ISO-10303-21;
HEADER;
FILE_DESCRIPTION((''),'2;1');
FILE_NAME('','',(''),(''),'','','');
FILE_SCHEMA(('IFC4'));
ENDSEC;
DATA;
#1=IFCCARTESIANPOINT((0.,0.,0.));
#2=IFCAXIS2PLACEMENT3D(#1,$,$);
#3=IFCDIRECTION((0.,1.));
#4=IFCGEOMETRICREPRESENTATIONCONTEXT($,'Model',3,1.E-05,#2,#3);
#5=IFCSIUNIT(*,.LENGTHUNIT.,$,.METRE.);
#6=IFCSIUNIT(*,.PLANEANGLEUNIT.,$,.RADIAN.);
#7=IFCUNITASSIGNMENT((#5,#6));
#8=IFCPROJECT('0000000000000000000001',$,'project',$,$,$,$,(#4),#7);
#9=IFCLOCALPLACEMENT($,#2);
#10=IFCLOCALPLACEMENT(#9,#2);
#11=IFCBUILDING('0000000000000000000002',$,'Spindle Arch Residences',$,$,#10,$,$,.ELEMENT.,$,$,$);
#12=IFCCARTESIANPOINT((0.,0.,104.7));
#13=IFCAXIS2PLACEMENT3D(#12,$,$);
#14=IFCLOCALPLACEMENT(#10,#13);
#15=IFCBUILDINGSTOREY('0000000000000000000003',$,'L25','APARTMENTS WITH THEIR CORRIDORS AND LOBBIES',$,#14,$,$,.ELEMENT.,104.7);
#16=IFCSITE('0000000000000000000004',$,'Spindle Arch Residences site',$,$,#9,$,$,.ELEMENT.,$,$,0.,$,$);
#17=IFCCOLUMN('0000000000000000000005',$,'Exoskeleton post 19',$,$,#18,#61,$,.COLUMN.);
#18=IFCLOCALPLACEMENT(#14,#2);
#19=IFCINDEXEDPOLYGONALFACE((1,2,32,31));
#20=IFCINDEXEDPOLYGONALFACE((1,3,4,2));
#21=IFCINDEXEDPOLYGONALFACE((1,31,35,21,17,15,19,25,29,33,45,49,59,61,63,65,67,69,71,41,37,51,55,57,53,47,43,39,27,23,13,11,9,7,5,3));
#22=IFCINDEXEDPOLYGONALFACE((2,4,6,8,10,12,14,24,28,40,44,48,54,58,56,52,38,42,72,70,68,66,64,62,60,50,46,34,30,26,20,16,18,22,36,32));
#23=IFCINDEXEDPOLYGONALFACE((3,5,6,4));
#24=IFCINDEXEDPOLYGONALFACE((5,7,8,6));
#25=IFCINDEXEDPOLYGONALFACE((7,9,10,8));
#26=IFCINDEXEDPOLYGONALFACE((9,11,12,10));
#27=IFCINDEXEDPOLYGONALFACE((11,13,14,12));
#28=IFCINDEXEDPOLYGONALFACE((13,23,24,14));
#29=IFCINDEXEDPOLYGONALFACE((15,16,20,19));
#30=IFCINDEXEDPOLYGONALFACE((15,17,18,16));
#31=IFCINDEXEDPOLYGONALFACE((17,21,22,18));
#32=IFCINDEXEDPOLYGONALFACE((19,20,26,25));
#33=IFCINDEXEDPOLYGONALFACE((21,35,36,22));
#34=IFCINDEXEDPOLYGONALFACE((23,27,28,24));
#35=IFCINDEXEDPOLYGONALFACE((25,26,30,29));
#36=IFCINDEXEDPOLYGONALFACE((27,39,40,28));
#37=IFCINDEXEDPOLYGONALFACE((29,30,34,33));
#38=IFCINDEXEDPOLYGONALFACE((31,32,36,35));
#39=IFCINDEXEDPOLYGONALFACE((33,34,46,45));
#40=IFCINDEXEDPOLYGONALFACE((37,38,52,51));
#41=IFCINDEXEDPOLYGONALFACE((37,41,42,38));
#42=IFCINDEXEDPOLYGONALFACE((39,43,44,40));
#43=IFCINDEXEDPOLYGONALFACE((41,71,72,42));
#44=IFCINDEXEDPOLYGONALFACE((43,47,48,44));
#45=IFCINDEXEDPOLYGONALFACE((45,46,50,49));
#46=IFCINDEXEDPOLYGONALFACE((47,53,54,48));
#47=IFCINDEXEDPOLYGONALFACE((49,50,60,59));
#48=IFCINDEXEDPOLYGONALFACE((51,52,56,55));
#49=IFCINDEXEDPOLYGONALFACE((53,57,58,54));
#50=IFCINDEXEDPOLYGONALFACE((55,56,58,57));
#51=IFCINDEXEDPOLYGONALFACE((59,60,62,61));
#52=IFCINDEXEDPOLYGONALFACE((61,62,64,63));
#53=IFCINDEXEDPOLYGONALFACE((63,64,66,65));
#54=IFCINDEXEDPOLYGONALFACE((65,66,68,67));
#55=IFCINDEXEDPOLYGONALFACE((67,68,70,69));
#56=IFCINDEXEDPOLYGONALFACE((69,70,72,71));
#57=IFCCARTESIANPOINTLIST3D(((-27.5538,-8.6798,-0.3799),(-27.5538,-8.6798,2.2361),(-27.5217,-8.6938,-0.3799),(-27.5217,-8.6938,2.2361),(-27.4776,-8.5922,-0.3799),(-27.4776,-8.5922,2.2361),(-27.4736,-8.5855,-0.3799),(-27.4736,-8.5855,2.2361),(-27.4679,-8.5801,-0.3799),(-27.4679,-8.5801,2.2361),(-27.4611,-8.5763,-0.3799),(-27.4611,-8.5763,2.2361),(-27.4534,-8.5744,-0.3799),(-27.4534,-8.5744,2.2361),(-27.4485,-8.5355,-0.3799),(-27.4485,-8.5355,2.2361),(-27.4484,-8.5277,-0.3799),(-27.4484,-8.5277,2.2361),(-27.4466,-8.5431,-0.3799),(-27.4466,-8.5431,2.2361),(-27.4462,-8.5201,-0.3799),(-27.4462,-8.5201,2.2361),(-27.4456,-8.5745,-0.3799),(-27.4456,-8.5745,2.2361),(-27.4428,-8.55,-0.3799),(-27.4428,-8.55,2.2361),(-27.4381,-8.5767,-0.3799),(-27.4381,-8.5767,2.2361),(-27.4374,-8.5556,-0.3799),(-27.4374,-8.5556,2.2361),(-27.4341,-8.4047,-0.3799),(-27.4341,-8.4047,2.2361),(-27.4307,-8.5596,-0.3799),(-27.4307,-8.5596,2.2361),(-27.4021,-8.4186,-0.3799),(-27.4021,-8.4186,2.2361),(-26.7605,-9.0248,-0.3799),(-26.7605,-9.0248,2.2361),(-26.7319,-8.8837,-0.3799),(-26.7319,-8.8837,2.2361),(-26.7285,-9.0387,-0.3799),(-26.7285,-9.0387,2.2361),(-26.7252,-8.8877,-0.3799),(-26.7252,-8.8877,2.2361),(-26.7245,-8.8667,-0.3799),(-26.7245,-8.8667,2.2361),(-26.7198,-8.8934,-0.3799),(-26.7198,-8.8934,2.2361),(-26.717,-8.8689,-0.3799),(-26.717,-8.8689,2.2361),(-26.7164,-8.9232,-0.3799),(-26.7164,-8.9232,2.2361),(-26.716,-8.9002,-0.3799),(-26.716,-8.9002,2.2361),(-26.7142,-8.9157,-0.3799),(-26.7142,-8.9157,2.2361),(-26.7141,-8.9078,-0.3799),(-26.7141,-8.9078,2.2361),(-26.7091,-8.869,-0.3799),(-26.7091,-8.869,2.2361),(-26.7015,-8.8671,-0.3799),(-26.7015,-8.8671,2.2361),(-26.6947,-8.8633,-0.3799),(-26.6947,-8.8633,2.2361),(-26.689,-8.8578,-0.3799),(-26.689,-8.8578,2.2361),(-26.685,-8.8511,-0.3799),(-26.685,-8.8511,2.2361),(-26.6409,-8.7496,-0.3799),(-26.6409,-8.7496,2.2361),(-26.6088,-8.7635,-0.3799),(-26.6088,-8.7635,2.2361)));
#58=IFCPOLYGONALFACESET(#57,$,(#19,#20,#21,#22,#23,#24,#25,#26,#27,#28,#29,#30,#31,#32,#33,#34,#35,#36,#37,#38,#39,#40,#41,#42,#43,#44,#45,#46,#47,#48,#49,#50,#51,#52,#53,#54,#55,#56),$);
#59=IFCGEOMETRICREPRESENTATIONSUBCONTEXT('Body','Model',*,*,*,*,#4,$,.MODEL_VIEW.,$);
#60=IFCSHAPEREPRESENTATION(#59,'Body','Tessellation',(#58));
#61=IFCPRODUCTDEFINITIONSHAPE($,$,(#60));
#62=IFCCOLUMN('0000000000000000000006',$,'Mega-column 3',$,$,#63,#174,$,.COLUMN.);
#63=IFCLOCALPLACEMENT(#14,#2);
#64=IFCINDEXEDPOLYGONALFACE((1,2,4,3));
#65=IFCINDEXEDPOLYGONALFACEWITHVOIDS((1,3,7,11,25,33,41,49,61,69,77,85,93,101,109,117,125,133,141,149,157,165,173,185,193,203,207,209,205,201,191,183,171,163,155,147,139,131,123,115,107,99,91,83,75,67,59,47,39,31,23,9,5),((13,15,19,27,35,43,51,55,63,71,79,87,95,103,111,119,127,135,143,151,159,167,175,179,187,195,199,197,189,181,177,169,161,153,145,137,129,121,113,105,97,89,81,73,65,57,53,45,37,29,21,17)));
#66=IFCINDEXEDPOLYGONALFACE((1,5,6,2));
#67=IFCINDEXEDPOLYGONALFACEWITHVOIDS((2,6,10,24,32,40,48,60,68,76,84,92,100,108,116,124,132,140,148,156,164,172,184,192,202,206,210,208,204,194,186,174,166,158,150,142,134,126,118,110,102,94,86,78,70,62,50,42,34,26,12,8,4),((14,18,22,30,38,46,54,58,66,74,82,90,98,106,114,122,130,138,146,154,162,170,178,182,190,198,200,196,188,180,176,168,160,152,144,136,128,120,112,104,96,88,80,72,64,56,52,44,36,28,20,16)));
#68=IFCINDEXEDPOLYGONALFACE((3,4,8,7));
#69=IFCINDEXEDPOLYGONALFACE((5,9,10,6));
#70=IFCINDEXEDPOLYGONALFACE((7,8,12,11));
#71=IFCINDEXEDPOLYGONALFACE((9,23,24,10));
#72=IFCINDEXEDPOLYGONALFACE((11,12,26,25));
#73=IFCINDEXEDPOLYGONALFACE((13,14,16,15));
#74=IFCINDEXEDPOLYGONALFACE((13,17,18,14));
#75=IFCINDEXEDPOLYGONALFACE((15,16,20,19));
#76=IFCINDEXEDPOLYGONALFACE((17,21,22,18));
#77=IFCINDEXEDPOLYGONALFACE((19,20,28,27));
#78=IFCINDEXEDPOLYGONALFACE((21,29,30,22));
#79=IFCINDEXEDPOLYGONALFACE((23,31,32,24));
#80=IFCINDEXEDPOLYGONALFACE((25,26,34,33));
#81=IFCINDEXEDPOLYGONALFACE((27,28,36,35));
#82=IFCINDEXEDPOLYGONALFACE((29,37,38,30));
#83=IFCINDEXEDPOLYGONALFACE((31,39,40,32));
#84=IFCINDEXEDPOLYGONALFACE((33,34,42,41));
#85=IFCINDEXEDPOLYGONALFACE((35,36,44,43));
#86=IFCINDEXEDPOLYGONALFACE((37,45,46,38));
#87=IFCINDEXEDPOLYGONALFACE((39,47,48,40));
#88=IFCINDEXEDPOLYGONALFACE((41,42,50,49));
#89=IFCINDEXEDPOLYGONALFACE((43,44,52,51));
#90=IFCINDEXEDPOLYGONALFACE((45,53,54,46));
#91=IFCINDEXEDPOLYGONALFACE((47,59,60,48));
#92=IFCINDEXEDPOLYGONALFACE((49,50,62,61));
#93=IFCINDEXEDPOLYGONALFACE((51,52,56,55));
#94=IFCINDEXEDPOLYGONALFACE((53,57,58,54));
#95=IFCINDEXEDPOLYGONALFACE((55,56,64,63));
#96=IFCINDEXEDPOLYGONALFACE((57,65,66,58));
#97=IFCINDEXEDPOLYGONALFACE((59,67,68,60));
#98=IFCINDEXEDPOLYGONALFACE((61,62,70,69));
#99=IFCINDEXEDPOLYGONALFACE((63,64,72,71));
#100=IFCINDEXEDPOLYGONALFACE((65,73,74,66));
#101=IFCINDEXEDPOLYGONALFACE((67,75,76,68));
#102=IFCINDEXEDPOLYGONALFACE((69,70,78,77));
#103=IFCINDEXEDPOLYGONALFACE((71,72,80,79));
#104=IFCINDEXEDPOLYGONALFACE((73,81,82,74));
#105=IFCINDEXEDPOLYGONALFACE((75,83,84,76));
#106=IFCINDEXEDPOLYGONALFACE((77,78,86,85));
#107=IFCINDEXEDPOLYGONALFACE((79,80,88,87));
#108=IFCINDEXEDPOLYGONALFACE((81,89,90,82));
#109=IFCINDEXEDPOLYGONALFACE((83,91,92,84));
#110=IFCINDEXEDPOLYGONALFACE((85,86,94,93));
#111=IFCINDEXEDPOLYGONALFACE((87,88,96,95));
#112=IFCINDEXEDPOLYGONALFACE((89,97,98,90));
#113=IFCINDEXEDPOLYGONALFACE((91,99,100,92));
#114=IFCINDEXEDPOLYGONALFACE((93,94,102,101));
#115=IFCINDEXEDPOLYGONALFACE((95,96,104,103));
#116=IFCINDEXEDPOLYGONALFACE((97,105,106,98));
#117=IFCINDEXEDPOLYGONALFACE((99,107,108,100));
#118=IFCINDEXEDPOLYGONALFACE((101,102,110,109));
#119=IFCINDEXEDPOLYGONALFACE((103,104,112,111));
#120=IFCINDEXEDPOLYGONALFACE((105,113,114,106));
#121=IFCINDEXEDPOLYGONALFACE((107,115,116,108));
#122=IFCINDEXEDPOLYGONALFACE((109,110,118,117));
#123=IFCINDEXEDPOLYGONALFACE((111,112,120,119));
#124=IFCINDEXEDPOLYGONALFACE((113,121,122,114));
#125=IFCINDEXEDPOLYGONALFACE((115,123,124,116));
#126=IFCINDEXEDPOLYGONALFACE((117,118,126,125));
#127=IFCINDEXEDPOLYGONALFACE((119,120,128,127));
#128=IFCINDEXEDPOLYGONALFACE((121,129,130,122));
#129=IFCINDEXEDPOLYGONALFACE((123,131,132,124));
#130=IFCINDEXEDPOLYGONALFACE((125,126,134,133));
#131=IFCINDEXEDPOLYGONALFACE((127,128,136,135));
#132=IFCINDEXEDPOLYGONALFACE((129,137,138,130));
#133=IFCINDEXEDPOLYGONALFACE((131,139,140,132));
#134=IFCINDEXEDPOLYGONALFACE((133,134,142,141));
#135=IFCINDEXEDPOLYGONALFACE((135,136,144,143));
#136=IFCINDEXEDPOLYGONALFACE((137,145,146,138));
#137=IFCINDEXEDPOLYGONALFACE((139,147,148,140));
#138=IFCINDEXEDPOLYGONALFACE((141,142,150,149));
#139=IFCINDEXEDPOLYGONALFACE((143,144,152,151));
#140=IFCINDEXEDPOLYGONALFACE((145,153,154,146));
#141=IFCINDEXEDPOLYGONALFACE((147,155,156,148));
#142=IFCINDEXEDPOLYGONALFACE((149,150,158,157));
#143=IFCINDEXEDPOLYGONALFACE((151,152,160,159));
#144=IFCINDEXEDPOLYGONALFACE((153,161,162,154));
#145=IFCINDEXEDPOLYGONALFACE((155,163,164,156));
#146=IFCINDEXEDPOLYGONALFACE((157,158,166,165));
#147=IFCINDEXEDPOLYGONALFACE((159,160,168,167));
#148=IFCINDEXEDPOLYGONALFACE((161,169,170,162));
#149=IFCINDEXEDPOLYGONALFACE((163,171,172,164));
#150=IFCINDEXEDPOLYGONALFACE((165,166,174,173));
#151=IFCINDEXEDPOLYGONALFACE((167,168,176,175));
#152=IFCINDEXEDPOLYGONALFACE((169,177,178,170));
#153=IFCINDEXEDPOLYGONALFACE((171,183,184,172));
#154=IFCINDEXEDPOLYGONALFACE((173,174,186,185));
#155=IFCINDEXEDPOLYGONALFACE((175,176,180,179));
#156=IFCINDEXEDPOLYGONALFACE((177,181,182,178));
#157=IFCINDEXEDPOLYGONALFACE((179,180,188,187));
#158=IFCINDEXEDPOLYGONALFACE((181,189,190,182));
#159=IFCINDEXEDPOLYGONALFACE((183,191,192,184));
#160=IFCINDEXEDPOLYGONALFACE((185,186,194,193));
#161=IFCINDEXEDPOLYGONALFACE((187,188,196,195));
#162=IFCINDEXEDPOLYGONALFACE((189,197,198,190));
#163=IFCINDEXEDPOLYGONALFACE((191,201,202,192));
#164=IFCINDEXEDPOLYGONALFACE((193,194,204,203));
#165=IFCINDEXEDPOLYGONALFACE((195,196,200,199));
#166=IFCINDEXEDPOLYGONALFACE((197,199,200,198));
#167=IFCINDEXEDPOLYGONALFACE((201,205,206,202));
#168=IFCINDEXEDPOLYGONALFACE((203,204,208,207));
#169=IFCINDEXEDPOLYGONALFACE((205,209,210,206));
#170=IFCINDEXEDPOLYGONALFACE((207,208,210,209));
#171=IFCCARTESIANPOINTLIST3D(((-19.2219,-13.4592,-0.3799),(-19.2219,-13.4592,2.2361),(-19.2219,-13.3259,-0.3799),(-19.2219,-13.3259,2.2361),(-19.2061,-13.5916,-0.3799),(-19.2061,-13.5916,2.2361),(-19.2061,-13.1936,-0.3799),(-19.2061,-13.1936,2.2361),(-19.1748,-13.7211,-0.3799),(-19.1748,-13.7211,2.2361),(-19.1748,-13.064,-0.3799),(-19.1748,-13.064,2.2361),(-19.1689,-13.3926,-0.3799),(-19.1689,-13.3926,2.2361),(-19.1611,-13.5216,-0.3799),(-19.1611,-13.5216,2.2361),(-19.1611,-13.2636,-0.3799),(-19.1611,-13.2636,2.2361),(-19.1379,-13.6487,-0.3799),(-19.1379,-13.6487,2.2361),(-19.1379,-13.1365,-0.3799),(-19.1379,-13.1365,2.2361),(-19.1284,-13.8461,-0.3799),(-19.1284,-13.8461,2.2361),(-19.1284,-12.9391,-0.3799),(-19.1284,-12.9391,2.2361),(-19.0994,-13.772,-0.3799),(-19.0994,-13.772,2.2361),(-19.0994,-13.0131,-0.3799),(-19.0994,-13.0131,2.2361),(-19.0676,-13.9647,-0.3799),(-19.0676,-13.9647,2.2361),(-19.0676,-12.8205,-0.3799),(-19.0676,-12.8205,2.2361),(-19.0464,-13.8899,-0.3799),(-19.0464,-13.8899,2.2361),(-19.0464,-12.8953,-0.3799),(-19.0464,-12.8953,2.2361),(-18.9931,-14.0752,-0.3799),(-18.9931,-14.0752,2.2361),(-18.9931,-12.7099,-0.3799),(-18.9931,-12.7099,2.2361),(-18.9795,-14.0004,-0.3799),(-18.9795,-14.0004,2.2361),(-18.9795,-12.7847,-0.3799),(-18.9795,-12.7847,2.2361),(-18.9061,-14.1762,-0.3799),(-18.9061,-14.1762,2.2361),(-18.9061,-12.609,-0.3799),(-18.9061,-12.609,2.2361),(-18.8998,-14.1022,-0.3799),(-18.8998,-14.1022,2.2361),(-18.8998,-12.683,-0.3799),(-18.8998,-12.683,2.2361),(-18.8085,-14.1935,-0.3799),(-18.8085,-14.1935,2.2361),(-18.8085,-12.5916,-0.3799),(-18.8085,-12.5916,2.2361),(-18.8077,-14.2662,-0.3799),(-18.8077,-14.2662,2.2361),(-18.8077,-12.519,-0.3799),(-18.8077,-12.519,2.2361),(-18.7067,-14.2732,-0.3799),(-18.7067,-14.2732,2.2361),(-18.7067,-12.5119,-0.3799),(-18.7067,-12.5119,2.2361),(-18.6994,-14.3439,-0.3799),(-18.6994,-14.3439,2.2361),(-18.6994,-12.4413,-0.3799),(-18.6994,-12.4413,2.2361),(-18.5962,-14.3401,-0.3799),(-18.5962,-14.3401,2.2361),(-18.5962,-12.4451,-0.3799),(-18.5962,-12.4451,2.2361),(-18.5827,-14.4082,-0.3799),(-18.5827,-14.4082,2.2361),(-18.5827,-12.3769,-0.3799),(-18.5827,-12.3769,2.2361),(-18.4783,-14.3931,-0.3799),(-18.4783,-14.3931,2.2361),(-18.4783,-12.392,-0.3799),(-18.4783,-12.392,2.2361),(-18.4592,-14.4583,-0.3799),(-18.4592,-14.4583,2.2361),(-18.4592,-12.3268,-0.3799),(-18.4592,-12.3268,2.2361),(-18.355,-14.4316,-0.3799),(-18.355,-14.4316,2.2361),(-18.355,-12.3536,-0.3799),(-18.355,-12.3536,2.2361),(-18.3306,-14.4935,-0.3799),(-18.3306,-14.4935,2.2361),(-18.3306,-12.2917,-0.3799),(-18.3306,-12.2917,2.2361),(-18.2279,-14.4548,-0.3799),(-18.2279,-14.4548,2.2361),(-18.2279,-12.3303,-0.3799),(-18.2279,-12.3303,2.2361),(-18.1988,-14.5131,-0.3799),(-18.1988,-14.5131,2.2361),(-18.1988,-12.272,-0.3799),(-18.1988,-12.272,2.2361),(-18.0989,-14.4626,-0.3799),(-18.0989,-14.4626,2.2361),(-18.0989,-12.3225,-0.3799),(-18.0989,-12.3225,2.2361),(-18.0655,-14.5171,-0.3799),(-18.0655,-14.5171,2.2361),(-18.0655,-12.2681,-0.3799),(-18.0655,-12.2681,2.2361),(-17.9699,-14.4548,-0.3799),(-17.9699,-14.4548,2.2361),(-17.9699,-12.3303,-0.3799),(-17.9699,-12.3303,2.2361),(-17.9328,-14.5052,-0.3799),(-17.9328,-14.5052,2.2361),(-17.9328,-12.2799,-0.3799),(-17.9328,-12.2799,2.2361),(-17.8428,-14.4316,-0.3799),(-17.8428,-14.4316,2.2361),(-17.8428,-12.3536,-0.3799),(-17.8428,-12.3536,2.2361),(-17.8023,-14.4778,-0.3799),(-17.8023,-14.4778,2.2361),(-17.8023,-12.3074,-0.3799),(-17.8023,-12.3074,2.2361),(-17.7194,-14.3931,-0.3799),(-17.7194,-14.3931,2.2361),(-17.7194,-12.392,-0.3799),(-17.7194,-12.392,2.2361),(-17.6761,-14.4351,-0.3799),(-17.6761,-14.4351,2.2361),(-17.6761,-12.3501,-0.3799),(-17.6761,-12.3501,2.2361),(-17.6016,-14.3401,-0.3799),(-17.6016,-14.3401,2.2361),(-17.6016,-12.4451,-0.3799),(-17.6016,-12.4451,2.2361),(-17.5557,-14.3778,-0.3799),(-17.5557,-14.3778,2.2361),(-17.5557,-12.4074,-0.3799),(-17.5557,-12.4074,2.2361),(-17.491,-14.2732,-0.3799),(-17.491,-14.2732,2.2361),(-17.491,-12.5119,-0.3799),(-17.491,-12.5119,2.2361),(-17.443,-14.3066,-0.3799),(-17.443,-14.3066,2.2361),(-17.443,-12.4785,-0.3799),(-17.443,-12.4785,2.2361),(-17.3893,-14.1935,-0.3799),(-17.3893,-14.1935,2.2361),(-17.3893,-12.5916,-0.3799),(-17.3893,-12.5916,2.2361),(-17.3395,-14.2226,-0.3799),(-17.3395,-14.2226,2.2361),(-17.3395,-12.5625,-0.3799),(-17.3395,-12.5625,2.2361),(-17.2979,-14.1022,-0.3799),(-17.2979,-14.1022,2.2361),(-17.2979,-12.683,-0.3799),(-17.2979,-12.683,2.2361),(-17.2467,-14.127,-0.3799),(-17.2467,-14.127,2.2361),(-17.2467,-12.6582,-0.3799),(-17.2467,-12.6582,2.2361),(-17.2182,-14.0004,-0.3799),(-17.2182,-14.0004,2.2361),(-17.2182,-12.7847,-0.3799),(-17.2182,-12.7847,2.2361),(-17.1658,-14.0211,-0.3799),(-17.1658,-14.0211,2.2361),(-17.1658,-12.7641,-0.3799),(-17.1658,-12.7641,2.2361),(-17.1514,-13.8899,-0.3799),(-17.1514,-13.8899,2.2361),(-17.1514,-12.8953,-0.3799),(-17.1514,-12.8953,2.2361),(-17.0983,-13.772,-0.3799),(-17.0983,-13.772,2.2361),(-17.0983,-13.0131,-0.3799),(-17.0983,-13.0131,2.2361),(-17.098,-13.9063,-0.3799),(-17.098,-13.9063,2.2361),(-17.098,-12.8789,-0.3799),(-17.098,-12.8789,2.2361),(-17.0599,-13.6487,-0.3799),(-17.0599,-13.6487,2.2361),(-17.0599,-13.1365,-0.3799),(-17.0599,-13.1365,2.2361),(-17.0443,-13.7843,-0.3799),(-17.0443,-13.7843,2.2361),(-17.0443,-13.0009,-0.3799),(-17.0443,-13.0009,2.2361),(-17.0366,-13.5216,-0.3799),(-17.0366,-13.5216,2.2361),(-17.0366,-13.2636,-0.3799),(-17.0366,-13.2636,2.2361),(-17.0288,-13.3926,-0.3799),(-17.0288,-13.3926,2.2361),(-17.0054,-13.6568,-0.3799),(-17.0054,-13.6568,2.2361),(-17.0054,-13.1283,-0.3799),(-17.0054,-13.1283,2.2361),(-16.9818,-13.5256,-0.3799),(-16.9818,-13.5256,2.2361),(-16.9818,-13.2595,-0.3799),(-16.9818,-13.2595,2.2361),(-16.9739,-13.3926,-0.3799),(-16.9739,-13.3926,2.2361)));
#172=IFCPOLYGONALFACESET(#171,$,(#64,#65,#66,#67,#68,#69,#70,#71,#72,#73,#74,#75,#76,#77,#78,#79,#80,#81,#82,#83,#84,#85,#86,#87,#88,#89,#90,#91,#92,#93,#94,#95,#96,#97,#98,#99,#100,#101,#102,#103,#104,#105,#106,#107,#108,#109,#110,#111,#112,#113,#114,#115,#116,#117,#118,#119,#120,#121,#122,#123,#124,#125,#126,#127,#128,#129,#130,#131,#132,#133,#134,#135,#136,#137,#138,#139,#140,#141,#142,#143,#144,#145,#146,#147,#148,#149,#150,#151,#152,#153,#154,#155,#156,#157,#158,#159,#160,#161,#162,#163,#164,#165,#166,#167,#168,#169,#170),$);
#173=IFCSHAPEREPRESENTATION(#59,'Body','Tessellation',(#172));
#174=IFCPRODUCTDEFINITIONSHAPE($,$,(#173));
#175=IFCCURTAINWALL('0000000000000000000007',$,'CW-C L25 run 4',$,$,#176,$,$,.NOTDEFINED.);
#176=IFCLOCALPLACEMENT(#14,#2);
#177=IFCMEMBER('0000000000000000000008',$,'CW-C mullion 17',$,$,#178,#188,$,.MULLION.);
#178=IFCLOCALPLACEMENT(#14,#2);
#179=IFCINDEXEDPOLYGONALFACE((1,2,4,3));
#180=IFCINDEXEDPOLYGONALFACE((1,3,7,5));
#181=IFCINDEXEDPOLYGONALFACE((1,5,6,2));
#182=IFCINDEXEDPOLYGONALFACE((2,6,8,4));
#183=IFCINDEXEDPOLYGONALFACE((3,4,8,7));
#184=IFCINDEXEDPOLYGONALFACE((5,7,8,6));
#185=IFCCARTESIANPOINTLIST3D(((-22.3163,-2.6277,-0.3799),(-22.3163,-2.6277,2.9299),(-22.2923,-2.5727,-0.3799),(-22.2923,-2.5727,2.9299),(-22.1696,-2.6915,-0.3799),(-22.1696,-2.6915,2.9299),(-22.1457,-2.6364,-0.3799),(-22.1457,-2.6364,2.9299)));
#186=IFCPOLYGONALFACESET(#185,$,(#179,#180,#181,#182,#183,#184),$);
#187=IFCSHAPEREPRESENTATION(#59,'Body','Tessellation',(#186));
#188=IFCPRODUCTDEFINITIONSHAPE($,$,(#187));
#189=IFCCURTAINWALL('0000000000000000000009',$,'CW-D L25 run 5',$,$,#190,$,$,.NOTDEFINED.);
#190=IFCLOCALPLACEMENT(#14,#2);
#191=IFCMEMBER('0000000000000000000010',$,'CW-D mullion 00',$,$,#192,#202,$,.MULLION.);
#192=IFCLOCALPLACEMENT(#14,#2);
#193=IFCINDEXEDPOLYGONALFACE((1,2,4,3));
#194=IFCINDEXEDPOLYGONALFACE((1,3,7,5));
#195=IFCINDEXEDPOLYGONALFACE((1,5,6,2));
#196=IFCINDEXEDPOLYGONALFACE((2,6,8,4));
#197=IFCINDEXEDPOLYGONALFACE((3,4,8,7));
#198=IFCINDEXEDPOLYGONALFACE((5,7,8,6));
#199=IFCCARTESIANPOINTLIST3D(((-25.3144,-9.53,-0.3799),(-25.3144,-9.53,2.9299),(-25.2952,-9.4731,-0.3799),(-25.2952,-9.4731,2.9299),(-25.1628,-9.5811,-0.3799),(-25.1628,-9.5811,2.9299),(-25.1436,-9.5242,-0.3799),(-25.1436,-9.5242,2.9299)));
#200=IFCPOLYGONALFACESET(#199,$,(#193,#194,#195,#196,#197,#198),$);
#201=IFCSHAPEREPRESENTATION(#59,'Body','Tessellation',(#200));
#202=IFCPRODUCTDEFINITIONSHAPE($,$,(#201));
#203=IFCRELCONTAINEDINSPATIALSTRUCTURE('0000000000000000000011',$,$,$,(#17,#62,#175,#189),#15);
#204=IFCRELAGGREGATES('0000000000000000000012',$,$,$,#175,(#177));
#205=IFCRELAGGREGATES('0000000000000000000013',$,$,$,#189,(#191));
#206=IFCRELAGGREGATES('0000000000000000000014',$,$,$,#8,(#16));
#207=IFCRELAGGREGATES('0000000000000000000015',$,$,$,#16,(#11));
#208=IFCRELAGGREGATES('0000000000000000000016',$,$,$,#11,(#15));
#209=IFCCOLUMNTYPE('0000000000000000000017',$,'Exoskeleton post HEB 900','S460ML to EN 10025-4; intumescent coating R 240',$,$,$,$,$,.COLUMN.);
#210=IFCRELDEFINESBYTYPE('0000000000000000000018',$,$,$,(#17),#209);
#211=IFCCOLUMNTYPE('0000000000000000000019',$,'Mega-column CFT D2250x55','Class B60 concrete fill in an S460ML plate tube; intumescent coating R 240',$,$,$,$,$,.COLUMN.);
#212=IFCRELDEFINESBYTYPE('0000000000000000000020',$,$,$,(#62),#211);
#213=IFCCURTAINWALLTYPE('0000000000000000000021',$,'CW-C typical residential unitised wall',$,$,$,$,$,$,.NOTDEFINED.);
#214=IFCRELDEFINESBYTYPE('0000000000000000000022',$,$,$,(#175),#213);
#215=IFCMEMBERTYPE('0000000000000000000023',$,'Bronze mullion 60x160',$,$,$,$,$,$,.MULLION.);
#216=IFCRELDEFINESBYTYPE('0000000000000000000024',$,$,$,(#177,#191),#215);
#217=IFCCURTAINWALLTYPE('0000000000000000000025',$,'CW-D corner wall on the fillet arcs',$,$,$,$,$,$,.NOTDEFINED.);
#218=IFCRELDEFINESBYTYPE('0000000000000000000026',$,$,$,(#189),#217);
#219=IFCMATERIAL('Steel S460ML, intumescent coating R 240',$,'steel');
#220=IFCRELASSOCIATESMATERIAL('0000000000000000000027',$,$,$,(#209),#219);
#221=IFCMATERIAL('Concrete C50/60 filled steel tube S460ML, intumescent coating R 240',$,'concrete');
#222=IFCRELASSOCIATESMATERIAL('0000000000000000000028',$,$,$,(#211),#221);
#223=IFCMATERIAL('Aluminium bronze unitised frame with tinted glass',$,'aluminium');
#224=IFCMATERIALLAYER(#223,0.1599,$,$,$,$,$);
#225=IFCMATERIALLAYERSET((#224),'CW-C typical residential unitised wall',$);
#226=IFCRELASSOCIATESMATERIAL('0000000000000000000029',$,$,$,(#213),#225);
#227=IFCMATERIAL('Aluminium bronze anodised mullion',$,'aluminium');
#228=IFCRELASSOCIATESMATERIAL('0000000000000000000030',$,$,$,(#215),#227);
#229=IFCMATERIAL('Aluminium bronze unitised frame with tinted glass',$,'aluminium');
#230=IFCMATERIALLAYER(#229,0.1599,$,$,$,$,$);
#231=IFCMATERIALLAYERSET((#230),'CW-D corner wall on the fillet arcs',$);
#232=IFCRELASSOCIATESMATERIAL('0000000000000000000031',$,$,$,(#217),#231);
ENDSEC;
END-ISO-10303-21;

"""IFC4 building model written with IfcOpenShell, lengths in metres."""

from ifc_helpers import new_model, si_unit, direction, frame, origin, origin_2d, place, context, subcontext, project, spatial, rectangle, hollow_circle, i_section, extrude, material, layer, layer_set, material_profile, profile_set, type_object, element, aggregate, save


model = new_model("IFC4")

# Units and contexts
model_context = context("Model", 3, precision=1e-05, world=origin(), true_north=direction((0.0, 1.0)))
body_context = subcontext(model_context, "Body", "Model", "MODEL_VIEW")
ifc_project = project(units=[si_unit("LENGTHUNIT", "METRE"), si_unit("PLANEANGLEUNIT", "RADIAN")], contexts=[model_context])

# Site, building, storey
site_placement = place(None, origin())
site = spatial("IfcSite", under=ifc_project, at=site_placement, Name="Spindle Arch Residences site", CompositionType="ELEMENT", RefElevation=0.0)
building_placement = place(site_placement, origin())
building = spatial("IfcBuilding", under=site, at=building_placement, Name="Spindle Arch Residences", CompositionType="ELEMENT")
storey_placement = place(building_placement, frame((0.0, 0.0, 104.7)))
storey = spatial("IfcBuildingStorey", under=building, at=storey_placement, Name="L25", Description="APARTMENTS WITH THEIR CORRIDORS AND LOBBIES", CompositionType="ELEMENT", Elevation=104.7)

# Columns
ifc_material_1 = material(Name="Steel S460ML, intumescent coating R 240", Category="steel")
ifc_material_profile_1 = material_profile(ifc_material_1, i_section(OverallWidth=0.3, OverallDepth=0.8999, WebThickness=0.0186, FlangeThickness=0.0349, FilletRadius=0.03, at=origin_2d()), Name="HEB 900")
ifc_profile_set_1 = profile_set([ifc_material_profile_1], Name="Steel S460ML, intumescent coating R 240")
column_type_1 = type_object("IfcColumnType", Name="Exoskeleton post HEB 900", Description="S460ML to EN 10025-4; intumescent coating R 240", PredefinedType="COLUMN", material=ifc_profile_set_1)
column_1_placement = place(storey_placement, frame((-27.0813, -8.7217, -0.3799), z_axis=(0.0, 0.0, 1.0), x_axis=(0.398749, 0.91706, 0.0)))
element("IfcColumn", 1, at=column_1_placement, inside=storey, type_object=column_type_1, Name="Exoskeleton post 19", PredefinedType="COLUMN", context=body_context, shape_type="SweptSolid", body=[
    extrude(i_section(OverallWidth=0.3, OverallDepth=0.8999, WebThickness=0.0186, FlangeThickness=0.0349, FilletRadius=0.03, at=origin_2d()), origin(), (0.0, 0.0, 1.0), 2.616),
])
ifc_material_2 = material(Name="Concrete C50/60 filled steel tube S460ML, intumescent coating R 240", Category="concrete")
ifc_material_profile_2 = material_profile(ifc_material_2, hollow_circle(Radius=1.125, WallThickness=0.0549, at=origin_2d()), Name="CFT D2250x55")
ifc_profile_set_2 = profile_set([ifc_material_profile_2], Name="Concrete C50/60 filled steel tube S460ML, intumescent coating R 240")
column_type_2 = type_object("IfcColumnType", Name="Mega-column CFT D2250x55", Description="Class B60 concrete fill in an S460ML plate tube; intumescent coating R 240", PredefinedType="COLUMN", material=ifc_profile_set_2)
column_2_placement = place(storey_placement, frame((-18.0989, -13.3926, -0.3799), z_axis=(0.0, 0.0, 1.0), x_axis=(1.0, 0.0, 0.0)))
element("IfcColumn", 2, at=column_2_placement, inside=storey, type_object=column_type_2, Name="Mega-column 3", PredefinedType="COLUMN", context=body_context, shape_type="SweptSolid", body=[
    extrude(hollow_circle(Radius=1.125, WallThickness=0.0549, at=origin_2d()), origin(), (0.0, 0.0, 1.0), 2.616),
])

# Curtain wall, member
ifc_material_3 = material(Name="Aluminium bronze unitised frame with tinted glass", Category="aluminium")
ifc_layer_1 = layer(ifc_material_3, 0.1599)
ifc_layer_set_1 = layer_set([ifc_layer_1], Name="CW-C typical residential unitised wall")
curtain_wall_type_1 = type_object("IfcCurtainWallType", Name="CW-C typical residential unitised wall", PredefinedType="NOTDEFINED", material=ifc_layer_set_1)
curtain_wall_1_placement = place(storey_placement, origin())
curtain_wall_1 = element("IfcCurtainWall", 3, at=curtain_wall_1_placement, inside=storey, type_object=curtain_wall_type_1, Name="CW-C L25 run 4", PredefinedType="NOTDEFINED")
ifc_material_4 = material(Name="Aluminium bronze anodised mullion", Category="aluminium")
ifc_material_profile_3 = material_profile(ifc_material_4, rectangle(XDim=0.1599, YDim=0.0601, at=origin_2d()), Name="MU 60x160")
ifc_profile_set_3 = profile_set([ifc_material_profile_3], Name="Aluminium bronze anodised mullion")
member_type_1 = type_object("IfcMemberType", Name="Bronze mullion 60x160", PredefinedType="MULLION", material=ifc_profile_set_3)
member_1_placement = place(storey_placement, frame((-22.231, -2.6321, -0.3799), z_axis=(0.0, 0.0, 1.0), x_axis=(0.91706, -0.398749, 0.0)))
member_1 = element("IfcMember", 4, at=member_1_placement, type_object=member_type_1, Name="CW-C mullion 17", PredefinedType="MULLION", context=body_context, shape_type="SweptSolid", body=[
    extrude(rectangle(XDim=0.1599, YDim=0.0601, at=origin_2d()), origin(), (0.0, 0.0, 1.0), 3.3098),
])

# Curtain wall, member
ifc_material_5 = material(Name="Aluminium bronze unitised frame with tinted glass", Category="aluminium")
ifc_layer_2 = layer(ifc_material_5, 0.1599)
ifc_layer_set_2 = layer_set([ifc_layer_2], Name="CW-D corner wall on the fillet arcs")
curtain_wall_type_2 = type_object("IfcCurtainWallType", Name="CW-D corner wall on the fillet arcs", PredefinedType="NOTDEFINED", material=ifc_layer_set_2)
curtain_wall_2_placement = place(storey_placement, origin())
curtain_wall_2 = element("IfcCurtainWall", 5, at=curtain_wall_2_placement, inside=storey, type_object=curtain_wall_type_2, Name="CW-D L25 run 5", PredefinedType="NOTDEFINED")
member_2_placement = place(storey_placement, frame((-25.229, -9.5271, -0.3799), z_axis=(0.0, 0.0, 1.0), x_axis=(0.94751, -0.319727, 0.0)))
member_2 = element("IfcMember", 6, at=member_2_placement, type_object=member_type_1, Name="CW-D mullion 00", PredefinedType="MULLION", context=body_context, shape_type="SweptSolid", body=[
    extrude(rectangle(XDim=0.1599, YDim=0.0601, at=origin_2d()), origin(), (0.0, 0.0, 1.0), 3.3098),
])

aggregate(curtain_wall_1, [member_1])
aggregate(curtain_wall_2, [member_2])

save(model, "model.ifc")
